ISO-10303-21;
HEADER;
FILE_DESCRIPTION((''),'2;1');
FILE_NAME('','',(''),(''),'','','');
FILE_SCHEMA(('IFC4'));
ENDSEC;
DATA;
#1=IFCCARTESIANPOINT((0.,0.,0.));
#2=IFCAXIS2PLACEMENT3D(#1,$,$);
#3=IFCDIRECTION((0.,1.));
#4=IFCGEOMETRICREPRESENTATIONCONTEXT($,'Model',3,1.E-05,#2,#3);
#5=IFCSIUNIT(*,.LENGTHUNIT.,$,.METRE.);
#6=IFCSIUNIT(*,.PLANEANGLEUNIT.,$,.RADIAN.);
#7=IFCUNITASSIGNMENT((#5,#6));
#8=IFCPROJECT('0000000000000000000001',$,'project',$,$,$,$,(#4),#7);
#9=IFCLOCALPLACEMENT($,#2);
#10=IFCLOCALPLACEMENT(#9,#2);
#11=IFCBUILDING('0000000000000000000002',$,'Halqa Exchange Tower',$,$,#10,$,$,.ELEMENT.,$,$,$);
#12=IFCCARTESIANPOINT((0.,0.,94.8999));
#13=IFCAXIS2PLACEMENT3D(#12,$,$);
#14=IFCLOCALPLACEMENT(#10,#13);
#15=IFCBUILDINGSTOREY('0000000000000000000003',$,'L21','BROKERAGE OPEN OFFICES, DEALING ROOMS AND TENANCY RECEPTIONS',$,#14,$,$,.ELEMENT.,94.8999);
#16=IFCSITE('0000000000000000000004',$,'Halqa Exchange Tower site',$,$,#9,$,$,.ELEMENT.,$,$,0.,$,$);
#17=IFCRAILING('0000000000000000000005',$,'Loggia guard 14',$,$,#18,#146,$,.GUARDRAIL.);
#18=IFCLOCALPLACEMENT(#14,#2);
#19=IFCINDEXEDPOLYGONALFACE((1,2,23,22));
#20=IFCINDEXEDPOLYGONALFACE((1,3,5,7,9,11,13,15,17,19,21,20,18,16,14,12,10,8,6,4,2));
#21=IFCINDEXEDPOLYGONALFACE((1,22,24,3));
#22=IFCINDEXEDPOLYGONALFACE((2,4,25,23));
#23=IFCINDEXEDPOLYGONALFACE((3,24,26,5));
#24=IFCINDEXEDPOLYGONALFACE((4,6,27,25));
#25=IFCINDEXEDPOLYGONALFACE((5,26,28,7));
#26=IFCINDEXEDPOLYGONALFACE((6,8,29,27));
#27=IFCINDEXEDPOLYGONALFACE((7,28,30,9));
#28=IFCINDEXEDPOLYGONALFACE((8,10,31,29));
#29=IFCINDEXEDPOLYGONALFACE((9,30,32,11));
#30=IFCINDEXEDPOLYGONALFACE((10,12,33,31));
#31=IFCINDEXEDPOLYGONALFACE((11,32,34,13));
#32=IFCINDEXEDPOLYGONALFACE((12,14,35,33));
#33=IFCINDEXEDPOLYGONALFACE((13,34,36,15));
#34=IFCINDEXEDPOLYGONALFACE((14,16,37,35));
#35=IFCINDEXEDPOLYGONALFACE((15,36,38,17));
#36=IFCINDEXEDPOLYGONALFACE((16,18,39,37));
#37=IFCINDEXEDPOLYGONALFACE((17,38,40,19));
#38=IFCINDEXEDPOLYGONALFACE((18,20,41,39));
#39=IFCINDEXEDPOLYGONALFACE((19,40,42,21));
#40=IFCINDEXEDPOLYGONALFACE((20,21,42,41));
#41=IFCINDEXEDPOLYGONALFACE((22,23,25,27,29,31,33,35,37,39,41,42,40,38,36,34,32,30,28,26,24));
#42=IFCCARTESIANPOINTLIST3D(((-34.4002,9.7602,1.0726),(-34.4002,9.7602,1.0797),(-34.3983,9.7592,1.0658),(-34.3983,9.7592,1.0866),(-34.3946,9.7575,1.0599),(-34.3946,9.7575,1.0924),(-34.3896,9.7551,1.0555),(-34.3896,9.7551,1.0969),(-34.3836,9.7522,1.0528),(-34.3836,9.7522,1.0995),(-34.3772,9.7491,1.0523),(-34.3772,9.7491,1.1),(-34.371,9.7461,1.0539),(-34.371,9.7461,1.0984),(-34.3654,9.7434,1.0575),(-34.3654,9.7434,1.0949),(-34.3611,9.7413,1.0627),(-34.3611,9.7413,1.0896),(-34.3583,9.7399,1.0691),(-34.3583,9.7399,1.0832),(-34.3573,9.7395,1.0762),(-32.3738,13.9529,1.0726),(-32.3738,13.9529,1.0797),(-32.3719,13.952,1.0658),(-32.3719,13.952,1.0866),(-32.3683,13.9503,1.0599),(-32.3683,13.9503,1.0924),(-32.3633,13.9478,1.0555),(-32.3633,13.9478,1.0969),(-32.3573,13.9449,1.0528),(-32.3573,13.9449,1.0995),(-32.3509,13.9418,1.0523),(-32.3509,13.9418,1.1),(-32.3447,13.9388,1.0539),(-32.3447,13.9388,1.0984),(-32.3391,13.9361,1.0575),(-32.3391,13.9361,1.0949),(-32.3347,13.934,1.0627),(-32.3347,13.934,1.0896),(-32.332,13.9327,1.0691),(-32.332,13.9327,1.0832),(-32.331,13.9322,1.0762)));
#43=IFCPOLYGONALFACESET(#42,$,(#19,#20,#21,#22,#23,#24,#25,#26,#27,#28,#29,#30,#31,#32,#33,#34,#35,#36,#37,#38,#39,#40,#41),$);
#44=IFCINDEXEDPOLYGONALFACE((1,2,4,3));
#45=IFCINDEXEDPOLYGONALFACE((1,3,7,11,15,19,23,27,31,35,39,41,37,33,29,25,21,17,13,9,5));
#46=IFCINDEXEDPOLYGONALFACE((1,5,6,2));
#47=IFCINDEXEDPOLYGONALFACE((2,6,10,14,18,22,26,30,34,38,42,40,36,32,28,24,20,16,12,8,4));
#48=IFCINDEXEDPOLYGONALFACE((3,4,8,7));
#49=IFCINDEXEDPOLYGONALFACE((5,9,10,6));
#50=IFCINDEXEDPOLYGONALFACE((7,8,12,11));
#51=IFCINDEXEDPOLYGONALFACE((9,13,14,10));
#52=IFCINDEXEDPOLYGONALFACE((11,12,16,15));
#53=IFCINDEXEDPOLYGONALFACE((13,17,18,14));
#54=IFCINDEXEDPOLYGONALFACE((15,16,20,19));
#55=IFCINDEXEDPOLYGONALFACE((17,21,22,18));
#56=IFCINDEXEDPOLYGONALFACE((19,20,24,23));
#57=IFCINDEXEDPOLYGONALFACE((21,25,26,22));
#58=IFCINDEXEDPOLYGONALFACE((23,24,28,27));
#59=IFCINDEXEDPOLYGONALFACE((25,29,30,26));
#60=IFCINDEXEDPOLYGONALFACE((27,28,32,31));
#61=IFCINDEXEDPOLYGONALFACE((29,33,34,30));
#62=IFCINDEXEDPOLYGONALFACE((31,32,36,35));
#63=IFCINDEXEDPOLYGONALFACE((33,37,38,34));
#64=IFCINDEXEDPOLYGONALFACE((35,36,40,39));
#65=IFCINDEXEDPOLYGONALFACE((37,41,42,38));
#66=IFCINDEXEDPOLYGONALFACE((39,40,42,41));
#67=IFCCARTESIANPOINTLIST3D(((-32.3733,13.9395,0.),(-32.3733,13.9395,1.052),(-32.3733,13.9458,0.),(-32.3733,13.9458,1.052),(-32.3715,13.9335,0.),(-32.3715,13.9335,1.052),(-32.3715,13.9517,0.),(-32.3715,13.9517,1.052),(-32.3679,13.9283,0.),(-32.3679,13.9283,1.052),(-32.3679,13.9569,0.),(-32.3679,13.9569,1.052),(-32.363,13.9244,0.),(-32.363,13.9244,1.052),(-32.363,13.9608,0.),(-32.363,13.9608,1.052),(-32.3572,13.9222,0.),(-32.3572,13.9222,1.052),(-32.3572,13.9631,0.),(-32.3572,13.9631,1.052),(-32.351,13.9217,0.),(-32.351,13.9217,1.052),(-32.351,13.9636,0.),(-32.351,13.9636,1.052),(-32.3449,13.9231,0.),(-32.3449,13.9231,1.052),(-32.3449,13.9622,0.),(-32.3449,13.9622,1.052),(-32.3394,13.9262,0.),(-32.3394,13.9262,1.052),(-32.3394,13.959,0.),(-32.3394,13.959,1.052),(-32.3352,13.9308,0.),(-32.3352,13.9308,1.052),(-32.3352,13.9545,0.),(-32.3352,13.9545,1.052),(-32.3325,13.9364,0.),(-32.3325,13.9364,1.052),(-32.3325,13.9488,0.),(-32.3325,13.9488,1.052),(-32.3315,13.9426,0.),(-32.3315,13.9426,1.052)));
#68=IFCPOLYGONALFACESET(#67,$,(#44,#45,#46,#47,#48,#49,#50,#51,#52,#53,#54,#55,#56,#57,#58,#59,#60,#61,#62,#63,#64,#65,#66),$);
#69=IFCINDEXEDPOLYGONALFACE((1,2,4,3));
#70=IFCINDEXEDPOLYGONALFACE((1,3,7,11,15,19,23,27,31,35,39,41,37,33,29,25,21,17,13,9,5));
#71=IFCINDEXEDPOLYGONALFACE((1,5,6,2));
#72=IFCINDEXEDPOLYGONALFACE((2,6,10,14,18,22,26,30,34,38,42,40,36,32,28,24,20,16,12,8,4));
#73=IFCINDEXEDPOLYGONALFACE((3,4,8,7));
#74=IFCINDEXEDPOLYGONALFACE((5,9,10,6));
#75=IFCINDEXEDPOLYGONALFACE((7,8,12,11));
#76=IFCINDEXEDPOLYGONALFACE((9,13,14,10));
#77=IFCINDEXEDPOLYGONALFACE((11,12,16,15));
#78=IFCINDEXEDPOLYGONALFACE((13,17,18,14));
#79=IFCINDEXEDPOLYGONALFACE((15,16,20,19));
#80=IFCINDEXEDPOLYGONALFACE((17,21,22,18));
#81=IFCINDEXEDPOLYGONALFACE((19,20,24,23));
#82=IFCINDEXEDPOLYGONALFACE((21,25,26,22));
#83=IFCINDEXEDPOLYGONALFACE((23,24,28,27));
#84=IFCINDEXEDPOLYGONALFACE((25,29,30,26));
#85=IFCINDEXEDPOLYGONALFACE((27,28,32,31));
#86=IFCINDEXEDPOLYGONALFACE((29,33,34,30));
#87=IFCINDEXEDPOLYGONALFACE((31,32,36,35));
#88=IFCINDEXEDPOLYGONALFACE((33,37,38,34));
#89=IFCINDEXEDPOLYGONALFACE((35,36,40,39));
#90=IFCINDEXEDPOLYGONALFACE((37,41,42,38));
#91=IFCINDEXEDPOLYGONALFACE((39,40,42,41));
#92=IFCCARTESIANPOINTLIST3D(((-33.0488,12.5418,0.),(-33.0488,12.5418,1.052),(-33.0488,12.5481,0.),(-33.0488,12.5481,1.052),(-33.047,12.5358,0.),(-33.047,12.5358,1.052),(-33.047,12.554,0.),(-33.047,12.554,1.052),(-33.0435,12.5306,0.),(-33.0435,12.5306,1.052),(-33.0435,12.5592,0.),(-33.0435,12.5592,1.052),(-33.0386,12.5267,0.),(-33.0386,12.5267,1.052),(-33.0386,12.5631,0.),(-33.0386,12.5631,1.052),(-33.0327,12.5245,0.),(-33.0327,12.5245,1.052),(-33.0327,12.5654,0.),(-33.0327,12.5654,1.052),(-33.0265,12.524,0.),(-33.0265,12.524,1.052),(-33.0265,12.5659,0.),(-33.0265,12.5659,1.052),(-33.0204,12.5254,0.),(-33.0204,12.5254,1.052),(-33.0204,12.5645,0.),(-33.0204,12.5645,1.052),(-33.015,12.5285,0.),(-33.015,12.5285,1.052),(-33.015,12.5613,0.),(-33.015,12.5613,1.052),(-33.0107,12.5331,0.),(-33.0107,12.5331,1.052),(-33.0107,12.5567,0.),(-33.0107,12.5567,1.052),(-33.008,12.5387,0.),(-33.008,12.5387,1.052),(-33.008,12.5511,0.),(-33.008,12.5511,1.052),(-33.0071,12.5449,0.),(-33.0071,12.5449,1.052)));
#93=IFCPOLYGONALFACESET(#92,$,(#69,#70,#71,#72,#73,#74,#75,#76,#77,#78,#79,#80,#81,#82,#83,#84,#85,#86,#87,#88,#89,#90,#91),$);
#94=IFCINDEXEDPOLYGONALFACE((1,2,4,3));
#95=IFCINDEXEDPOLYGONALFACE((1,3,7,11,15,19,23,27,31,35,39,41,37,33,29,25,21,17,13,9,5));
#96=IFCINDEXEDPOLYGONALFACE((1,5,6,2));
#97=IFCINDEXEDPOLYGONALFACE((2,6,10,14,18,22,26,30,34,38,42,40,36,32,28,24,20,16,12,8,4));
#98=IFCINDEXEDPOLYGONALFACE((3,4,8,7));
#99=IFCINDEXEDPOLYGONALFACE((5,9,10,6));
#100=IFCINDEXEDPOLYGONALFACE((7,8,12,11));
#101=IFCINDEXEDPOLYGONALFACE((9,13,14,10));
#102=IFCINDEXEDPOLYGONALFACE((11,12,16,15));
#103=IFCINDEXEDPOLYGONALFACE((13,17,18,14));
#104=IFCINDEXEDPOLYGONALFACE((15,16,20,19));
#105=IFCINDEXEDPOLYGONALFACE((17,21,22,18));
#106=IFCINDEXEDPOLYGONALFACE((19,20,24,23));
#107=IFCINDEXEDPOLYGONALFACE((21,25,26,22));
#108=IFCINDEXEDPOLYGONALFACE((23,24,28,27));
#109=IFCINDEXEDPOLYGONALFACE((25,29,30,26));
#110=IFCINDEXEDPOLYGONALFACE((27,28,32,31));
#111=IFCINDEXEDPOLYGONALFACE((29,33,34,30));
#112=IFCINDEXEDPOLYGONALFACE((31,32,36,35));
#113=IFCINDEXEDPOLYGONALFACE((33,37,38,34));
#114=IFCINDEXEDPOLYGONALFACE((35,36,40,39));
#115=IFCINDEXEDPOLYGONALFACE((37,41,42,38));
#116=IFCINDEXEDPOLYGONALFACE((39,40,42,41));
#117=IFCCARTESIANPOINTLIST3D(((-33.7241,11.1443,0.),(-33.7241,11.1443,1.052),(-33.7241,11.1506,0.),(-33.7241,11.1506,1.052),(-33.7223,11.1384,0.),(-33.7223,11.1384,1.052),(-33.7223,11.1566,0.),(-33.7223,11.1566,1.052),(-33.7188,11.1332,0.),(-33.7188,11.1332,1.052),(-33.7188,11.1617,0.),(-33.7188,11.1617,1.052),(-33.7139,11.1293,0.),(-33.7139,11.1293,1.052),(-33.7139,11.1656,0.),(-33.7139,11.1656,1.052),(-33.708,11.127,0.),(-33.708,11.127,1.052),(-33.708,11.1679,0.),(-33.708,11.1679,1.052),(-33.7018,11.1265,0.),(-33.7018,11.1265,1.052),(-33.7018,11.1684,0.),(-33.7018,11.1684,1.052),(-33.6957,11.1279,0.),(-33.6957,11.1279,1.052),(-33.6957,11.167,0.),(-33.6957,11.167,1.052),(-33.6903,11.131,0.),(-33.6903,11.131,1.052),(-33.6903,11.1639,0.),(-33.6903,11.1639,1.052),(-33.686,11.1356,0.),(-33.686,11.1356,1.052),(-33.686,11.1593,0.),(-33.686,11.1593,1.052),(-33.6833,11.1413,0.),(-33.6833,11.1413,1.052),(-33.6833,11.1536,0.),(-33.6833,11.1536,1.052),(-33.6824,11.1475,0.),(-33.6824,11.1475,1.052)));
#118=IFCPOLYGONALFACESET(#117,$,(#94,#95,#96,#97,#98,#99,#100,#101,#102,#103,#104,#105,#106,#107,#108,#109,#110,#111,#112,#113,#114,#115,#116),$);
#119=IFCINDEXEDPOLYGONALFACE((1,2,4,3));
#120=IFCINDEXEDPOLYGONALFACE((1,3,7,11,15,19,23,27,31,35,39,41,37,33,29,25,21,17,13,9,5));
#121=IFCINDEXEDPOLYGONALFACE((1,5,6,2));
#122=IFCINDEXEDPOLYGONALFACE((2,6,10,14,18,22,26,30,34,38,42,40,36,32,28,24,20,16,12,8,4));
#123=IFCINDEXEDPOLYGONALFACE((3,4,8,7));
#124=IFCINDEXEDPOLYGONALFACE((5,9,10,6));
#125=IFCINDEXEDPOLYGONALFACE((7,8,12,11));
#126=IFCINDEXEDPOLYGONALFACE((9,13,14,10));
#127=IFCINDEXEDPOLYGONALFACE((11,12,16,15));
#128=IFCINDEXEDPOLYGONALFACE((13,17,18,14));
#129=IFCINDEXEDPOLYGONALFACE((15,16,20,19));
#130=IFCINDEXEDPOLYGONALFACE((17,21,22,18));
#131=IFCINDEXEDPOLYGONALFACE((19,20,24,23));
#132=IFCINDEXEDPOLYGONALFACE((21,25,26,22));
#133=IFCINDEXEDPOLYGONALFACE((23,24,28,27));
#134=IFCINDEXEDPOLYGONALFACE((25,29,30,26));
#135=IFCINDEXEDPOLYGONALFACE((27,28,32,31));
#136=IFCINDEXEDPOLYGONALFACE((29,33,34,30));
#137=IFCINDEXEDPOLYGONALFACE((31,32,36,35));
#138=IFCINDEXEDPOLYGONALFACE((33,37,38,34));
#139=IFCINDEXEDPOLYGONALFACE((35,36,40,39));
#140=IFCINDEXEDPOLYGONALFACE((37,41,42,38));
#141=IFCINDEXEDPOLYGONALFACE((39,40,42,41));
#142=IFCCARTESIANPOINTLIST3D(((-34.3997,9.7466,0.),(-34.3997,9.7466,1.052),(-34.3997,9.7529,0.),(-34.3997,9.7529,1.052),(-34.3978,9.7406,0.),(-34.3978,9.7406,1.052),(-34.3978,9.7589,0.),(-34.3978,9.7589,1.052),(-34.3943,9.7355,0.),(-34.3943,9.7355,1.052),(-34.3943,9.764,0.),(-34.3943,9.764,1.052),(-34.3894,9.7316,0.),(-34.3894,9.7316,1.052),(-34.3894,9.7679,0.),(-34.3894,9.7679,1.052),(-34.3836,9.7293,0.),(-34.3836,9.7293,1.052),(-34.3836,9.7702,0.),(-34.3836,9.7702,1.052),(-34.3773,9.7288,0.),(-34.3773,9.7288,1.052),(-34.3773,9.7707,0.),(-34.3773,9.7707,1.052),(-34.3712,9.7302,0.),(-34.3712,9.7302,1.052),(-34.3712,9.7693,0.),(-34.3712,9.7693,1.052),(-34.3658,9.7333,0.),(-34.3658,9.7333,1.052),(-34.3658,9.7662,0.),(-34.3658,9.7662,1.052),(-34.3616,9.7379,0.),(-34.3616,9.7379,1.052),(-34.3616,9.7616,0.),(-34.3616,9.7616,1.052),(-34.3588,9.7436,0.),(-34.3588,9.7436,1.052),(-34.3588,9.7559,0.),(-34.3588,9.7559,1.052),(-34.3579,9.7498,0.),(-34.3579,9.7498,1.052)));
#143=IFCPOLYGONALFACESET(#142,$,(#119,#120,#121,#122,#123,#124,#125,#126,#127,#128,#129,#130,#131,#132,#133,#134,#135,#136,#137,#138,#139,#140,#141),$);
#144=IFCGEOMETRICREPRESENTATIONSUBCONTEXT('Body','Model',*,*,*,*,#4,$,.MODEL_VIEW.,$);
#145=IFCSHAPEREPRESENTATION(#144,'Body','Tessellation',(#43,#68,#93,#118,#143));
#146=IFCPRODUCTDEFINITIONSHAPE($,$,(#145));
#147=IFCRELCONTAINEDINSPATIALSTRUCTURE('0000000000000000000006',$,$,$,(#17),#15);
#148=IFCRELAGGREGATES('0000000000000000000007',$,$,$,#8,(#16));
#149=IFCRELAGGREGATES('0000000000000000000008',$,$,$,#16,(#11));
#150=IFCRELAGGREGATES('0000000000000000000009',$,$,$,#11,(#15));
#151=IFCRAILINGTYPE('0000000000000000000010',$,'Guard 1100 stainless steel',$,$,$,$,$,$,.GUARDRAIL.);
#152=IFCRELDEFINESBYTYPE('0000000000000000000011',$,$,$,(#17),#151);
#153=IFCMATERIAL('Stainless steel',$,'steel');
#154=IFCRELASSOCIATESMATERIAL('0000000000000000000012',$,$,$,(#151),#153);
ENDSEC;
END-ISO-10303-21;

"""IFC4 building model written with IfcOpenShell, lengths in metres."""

from ifc_helpers import new_model, si_unit, direction, frame, origin, origin_2d, place, context, subcontext, project, spatial, circle, extrude, material, type_object, element, save


model = new_model("IFC4")

# Units and contexts
model_context = context("Model", 3, precision=1e-05, world=origin(), true_north=direction((0.0, 1.0)))
body_context = subcontext(model_context, "Body", "Model", "MODEL_VIEW")
ifc_project = project(units=[si_unit("LENGTHUNIT", "METRE"), si_unit("PLANEANGLEUNIT", "RADIAN")], contexts=[model_context])

# Site, building, storey
site_placement = place(None, origin())
site = spatial("IfcSite", under=ifc_project, at=site_placement, Name="Halqa Exchange Tower site", CompositionType="ELEMENT", RefElevation=0.0)
building_placement = place(site_placement, origin())
building = spatial("IfcBuilding", under=site, at=building_placement, Name="Halqa Exchange Tower", CompositionType="ELEMENT")
storey_placement = place(building_placement, frame((0.0, 0.0, 94.8999)))
storey = spatial("IfcBuildingStorey", under=building, at=storey_placement, Name="L21", Description="BROKERAGE OPEN OFFICES, DEALING ROOMS AND TENANCY RECEPTIONS", CompositionType="ELEMENT", Elevation=94.8999)

# Railing
ifc_material_1 = material(Name="Stainless steel", Category="steel")
railing_type = type_object("IfcRailingType", Name="Guard 1100 stainless steel", PredefinedType="GUARDRAIL", material=ifc_material_1)
railing_1_placement = place(storey_placement, frame((-32.3525, 13.9426, 0.0)))
element("IfcRailing", 1, at=railing_1_placement, inside=storey, type_object=railing_type, Name="Loggia guard 14", PredefinedType="GUARDRAIL", context=body_context, shape_type="SweptSolid", body=[
    extrude(circle(Radius=0.0239, at=origin_2d()), frame((0.0, 0.0, 1.0762), z_axis=(-0.435136, -0.900365, 0.0), x_axis=(0.900365, -0.435136, 0.0)), (0.0, 0.0, 1.0), 4.6567),
    extrude(circle(Radius=0.021, at=origin_2d()), origin(), (0.0, 0.0, 1.0), 1.052),
    extrude(circle(Radius=0.021, at=origin_2d()), frame((-0.6755, -1.3977, 0.0)), (0.0, 0.0, 1.0), 1.052),
    extrude(circle(Radius=0.021, at=origin_2d()), frame((-1.3508, -2.7952, 0.0)), (0.0, 0.0, 1.0), 1.052),
    extrude(circle(Radius=0.021, at=origin_2d()), frame((-2.0264, -4.1929, 0.0)), (0.0, 0.0, 1.0), 1.052),
])

save(model, "model.ifc")
